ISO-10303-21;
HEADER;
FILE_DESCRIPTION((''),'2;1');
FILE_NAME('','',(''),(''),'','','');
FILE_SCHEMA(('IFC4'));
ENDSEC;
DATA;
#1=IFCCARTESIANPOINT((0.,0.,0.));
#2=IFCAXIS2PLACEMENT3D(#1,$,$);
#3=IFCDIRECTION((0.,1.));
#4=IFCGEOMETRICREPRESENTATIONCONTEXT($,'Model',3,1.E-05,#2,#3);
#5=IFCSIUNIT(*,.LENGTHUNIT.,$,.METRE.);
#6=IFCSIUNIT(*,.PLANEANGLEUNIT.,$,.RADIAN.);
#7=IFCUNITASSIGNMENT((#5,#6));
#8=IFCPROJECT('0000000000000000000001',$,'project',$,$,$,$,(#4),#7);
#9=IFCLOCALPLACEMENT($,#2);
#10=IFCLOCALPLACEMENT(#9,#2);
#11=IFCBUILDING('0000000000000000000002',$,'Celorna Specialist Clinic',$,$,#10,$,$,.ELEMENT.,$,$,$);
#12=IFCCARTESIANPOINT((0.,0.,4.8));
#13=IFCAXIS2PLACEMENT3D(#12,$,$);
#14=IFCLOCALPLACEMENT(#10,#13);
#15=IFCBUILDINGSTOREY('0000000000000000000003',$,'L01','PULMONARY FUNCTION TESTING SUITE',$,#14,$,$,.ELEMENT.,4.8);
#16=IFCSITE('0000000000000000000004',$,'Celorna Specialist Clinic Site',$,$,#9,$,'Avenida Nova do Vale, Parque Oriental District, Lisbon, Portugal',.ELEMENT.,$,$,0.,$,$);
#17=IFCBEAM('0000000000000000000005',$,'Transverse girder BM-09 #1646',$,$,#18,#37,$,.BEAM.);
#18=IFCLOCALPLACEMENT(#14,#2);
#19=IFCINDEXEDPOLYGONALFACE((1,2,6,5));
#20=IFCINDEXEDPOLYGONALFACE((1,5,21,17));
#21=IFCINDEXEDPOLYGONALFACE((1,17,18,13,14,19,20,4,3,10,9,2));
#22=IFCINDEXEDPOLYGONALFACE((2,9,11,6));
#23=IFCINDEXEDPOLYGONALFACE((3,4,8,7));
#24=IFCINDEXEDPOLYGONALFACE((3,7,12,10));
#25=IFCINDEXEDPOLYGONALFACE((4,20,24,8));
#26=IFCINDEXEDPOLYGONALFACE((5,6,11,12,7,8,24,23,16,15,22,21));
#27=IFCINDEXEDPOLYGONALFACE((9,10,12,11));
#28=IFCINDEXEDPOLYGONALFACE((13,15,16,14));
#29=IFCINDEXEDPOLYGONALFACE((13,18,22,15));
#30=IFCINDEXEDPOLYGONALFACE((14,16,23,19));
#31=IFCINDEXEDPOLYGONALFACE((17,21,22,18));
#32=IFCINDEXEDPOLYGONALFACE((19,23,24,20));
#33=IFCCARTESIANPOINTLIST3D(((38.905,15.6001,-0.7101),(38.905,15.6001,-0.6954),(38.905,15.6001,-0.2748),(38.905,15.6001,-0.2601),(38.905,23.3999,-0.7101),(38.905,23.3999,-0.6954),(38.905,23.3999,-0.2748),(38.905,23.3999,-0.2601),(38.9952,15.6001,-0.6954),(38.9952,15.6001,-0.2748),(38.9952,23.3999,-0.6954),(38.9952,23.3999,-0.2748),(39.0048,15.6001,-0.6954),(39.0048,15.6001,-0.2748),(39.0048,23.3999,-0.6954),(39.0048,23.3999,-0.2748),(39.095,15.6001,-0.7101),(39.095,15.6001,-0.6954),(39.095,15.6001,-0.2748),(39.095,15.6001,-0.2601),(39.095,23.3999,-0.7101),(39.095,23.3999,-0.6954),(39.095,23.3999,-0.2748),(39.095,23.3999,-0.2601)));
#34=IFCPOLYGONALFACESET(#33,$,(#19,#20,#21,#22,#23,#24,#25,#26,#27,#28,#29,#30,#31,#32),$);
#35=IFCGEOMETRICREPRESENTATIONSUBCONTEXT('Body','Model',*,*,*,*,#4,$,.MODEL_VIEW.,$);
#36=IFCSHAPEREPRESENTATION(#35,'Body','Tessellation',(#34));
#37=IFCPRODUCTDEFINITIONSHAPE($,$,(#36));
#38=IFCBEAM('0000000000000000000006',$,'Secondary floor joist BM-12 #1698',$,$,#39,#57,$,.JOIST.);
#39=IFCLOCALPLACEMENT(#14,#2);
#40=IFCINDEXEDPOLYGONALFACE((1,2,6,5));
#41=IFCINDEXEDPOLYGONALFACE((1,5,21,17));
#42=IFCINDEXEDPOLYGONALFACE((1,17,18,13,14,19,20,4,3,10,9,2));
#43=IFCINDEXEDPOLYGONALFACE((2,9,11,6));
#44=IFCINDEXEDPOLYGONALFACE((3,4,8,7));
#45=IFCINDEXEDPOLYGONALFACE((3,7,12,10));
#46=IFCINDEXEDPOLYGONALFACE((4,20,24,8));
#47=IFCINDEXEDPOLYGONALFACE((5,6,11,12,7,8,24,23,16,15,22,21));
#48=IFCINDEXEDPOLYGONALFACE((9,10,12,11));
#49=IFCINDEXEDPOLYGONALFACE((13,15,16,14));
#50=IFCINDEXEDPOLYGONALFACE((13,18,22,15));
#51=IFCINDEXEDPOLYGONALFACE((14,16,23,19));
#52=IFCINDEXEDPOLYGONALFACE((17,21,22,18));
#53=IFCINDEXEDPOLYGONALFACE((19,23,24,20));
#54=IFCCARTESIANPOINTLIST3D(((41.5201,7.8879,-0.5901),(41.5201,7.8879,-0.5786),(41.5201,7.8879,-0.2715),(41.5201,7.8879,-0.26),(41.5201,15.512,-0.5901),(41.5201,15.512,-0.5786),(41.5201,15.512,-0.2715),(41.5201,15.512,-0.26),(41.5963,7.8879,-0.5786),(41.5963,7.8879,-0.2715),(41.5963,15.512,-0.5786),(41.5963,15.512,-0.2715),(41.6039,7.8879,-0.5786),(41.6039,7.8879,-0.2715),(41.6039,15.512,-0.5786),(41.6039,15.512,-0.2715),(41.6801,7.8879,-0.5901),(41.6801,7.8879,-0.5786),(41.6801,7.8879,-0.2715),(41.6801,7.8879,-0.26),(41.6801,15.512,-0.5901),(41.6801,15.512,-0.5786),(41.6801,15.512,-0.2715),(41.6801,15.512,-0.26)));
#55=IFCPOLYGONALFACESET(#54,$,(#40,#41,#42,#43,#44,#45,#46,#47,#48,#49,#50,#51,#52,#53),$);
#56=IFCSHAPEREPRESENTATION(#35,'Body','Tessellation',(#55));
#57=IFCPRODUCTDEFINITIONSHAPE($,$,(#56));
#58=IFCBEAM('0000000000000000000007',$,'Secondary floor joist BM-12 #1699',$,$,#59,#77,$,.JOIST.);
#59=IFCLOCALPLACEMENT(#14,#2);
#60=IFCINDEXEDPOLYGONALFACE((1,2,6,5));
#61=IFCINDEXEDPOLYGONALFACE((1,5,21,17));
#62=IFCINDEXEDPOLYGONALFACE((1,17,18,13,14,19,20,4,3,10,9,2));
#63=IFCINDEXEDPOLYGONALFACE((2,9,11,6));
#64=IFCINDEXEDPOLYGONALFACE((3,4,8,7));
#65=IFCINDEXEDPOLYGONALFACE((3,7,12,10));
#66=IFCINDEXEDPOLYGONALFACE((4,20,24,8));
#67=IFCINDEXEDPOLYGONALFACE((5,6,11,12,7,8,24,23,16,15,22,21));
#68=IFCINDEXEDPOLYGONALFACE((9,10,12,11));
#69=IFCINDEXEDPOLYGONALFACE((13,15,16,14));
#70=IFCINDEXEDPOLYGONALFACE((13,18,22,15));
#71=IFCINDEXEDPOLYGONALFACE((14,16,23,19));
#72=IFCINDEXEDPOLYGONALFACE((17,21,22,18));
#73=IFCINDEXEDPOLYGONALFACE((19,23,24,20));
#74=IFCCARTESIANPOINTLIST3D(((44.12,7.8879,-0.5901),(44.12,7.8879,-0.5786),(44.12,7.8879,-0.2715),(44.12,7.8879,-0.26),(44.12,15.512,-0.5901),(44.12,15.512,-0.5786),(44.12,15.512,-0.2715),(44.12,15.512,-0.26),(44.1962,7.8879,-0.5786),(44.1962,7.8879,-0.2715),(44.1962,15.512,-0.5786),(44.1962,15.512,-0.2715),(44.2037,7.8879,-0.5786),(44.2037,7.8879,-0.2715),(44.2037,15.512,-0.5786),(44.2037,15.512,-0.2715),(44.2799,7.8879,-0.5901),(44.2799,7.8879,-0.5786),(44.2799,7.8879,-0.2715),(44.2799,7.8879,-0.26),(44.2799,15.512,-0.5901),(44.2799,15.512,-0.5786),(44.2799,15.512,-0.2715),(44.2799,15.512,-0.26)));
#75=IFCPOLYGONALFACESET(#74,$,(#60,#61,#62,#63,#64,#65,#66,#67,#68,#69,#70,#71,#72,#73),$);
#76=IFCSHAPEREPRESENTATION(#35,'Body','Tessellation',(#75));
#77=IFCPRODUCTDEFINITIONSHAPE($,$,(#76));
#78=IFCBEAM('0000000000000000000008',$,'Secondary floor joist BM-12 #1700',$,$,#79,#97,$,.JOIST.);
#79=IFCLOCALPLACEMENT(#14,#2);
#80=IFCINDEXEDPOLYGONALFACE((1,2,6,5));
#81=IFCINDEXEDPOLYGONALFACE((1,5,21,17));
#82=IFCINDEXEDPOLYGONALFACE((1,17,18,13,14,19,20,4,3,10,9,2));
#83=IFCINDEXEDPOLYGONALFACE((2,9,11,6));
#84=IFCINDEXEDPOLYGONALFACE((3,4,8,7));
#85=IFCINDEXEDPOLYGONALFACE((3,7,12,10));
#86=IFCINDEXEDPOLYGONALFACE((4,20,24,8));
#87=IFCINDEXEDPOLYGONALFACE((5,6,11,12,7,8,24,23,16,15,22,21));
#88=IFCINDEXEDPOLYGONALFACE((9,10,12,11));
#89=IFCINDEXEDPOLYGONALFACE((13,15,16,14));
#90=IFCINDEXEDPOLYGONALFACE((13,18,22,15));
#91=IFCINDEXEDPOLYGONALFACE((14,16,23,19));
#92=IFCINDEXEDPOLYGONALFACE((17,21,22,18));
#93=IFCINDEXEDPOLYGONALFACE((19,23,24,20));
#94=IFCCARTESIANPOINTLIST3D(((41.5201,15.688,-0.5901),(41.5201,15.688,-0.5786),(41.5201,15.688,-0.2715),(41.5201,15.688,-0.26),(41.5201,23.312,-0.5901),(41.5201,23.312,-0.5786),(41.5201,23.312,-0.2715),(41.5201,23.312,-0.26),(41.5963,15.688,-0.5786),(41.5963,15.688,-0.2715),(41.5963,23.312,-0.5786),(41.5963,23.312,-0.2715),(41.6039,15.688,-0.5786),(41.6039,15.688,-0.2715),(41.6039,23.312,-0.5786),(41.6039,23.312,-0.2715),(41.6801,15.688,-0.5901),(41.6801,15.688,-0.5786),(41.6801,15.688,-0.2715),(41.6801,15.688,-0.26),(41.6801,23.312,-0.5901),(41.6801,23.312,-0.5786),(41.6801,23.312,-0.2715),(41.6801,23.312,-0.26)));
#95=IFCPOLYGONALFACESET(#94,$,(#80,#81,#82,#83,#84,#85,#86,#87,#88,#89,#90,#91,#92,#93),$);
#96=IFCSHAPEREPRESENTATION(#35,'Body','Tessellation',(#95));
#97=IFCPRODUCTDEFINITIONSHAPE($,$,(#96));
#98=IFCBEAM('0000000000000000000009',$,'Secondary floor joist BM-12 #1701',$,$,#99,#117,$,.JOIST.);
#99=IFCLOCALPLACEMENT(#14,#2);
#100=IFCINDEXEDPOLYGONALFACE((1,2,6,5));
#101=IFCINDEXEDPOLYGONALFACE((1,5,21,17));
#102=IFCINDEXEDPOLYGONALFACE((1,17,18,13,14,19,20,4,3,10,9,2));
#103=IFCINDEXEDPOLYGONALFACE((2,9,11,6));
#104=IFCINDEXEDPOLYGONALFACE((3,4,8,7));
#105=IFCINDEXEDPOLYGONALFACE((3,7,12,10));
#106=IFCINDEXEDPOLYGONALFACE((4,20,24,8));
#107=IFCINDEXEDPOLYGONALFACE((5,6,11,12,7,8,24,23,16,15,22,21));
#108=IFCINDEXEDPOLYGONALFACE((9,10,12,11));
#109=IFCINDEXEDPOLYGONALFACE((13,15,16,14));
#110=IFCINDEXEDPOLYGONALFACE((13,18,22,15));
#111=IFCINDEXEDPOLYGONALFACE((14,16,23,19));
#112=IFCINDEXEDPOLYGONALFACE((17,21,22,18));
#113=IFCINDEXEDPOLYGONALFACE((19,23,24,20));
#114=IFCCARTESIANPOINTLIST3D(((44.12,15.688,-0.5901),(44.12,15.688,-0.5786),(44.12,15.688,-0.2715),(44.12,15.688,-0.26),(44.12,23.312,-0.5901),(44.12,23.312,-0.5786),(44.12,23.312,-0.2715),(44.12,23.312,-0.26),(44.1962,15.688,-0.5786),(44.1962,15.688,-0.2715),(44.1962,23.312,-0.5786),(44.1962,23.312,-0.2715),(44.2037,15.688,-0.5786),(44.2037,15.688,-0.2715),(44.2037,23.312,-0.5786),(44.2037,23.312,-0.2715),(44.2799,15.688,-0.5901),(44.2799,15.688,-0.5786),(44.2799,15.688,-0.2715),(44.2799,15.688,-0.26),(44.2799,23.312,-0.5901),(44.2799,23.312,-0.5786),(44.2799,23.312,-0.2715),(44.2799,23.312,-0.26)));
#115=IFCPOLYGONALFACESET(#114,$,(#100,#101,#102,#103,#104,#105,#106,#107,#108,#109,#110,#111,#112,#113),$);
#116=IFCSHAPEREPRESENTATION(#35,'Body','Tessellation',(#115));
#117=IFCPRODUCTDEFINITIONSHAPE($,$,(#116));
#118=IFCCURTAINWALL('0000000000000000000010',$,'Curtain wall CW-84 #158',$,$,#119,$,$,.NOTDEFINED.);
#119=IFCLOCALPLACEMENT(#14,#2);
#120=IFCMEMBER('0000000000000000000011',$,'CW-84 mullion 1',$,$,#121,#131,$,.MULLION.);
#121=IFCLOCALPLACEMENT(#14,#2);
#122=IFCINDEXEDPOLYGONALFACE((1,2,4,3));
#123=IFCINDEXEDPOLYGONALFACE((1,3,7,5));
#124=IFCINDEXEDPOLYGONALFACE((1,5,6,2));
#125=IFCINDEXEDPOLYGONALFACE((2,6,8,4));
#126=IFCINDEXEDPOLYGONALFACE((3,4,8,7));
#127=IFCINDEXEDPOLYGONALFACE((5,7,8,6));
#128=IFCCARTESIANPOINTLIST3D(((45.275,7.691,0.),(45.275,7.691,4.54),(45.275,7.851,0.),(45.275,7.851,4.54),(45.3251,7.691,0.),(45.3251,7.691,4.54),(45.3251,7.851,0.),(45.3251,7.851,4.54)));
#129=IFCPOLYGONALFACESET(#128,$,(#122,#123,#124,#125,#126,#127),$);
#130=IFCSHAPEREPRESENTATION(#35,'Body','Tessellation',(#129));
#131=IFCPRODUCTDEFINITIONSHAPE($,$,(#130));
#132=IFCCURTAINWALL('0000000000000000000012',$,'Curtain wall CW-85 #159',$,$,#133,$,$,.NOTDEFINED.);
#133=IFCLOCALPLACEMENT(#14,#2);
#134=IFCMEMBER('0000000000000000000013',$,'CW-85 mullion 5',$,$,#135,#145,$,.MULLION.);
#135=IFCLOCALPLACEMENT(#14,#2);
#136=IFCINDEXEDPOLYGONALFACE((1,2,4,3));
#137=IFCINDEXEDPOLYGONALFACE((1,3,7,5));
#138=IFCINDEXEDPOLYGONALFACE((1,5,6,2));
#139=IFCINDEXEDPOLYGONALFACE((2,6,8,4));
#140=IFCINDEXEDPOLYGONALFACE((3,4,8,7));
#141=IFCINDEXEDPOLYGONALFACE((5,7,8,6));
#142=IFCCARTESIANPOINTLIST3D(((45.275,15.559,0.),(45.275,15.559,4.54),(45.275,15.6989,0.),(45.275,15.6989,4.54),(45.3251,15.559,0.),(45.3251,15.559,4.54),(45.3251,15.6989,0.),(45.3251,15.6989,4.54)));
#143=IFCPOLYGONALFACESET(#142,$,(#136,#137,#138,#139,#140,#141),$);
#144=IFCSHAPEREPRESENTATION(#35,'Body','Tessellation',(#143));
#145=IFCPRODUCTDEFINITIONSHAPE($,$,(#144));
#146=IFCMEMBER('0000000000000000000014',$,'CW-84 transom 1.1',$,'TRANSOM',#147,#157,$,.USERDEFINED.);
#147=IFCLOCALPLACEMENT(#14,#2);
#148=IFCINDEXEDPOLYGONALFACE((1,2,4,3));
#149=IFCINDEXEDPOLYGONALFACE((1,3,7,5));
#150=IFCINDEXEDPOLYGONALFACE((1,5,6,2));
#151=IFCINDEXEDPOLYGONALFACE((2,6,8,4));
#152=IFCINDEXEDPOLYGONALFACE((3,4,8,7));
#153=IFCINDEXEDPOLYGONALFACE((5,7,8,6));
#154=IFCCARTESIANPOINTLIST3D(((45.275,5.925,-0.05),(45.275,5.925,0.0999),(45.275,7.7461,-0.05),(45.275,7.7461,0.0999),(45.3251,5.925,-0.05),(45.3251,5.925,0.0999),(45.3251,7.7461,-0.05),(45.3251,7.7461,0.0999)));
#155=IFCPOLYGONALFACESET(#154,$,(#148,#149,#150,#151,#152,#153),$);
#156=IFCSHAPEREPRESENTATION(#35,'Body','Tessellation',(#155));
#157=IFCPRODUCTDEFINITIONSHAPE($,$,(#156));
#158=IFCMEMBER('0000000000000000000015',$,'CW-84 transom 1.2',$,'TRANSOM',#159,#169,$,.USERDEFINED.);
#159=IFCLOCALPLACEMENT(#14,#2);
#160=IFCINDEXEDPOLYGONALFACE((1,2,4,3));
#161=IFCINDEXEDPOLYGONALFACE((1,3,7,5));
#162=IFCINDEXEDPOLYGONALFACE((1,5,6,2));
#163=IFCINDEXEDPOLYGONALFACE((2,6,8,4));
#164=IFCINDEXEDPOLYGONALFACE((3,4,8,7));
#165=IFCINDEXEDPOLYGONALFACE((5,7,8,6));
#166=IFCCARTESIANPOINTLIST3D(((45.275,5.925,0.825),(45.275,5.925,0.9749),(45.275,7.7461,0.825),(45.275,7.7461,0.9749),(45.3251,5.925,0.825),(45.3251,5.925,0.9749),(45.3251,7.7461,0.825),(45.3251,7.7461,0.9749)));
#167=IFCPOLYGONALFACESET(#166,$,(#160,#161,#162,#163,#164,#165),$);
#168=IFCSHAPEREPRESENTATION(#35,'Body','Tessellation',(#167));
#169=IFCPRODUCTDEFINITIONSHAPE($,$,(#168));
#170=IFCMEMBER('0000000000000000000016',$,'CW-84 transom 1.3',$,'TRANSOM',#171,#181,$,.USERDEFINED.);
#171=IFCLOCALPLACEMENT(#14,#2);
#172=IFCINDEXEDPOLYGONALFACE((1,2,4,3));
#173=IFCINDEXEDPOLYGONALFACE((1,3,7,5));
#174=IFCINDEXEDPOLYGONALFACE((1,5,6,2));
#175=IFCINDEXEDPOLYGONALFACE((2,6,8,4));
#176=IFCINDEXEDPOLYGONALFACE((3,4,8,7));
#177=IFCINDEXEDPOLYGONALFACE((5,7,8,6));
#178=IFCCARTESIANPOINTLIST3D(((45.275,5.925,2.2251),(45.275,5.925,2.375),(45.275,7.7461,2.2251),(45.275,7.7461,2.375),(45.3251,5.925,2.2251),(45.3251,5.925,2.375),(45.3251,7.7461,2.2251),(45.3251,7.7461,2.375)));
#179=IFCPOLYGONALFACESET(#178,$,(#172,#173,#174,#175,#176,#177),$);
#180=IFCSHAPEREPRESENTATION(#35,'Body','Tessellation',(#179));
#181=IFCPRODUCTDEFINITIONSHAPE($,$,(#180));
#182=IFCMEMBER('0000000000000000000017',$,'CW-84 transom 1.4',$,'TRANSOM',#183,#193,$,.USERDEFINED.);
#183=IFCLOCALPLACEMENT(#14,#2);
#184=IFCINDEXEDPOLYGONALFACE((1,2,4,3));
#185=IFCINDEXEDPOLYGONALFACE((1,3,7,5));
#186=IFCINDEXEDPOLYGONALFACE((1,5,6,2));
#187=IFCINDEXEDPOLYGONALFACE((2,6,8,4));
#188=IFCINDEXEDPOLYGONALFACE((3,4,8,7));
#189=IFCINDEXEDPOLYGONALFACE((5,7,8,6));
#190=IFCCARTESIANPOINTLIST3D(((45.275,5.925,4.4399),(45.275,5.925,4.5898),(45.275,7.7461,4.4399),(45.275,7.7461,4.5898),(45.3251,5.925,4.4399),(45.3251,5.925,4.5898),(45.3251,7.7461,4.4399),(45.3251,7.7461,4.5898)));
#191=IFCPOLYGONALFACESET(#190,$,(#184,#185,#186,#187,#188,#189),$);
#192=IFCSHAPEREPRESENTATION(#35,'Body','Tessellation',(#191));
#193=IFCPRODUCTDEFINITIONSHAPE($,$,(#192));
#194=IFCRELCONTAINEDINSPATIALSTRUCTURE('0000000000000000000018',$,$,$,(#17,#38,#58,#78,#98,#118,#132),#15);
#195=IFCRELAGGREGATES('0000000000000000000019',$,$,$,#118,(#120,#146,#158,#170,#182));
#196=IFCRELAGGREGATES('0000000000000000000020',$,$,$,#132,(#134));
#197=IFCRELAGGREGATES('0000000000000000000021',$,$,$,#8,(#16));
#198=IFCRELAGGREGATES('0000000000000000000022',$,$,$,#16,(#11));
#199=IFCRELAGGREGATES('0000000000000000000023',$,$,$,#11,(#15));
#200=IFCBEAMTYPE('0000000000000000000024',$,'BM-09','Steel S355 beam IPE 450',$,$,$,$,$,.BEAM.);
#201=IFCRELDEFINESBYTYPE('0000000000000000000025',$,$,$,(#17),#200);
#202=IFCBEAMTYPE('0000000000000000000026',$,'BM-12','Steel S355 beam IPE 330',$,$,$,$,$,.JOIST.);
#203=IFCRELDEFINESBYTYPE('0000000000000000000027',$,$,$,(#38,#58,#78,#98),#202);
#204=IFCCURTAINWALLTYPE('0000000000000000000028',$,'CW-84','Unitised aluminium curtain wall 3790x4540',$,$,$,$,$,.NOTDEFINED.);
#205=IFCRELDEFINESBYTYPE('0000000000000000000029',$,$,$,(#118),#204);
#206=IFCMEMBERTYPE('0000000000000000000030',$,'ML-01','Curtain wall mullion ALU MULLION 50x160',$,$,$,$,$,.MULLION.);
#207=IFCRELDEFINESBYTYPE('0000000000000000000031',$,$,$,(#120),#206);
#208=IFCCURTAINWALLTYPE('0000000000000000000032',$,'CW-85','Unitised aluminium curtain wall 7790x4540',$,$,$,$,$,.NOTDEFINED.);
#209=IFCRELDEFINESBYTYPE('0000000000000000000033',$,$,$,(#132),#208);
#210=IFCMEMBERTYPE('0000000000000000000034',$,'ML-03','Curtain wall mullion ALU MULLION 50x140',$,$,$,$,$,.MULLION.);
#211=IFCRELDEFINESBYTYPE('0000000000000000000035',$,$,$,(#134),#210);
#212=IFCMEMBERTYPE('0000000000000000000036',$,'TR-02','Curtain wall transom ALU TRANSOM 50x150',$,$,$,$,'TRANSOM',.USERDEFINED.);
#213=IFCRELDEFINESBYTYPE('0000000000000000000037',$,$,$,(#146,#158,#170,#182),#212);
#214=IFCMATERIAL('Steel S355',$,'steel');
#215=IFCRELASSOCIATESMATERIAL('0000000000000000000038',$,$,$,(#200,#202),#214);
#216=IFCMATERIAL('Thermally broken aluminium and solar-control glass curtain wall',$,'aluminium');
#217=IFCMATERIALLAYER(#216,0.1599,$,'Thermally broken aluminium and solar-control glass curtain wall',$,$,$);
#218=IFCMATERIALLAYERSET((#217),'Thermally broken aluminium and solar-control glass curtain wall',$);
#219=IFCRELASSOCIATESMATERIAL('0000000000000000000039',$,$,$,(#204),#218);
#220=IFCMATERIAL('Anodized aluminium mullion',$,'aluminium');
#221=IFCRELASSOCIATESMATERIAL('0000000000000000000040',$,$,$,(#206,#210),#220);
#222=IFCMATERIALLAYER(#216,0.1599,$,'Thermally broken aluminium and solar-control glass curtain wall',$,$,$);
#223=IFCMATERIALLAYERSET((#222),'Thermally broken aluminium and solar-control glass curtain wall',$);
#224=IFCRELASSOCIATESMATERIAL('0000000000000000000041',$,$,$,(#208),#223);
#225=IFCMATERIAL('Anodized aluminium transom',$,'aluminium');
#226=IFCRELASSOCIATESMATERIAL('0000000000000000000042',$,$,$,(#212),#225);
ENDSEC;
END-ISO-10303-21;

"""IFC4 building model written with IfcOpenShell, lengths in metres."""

from ifc_helpers import new_model, si_unit, direction, frame, origin, origin_2d, place, context, subcontext, project, spatial, rectangle, i_section, extrude, material, layer, layer_set, material_profile, profile_set, type_object, element, aggregate, save


model = new_model("IFC4")

# Units and contexts
model_context = context("Model", 3, precision=1e-05, world=origin(), true_north=direction((0.0, 1.0)))
body_context = subcontext(model_context, "Body", "Model", "MODEL_VIEW")
ifc_project = project(units=[si_unit("LENGTHUNIT", "METRE"), si_unit("PLANEANGLEUNIT", "RADIAN")], contexts=[model_context])

# Site, building, storey
site_placement = place(None, origin())
site = spatial("IfcSite", under=ifc_project, at=site_placement, Name="Celorna Specialist Clinic Site", LongName="Avenida Nova do Vale, Parque Oriental District, Lisbon, Portugal", CompositionType="ELEMENT", RefElevation=0.0)
building_placement = place(site_placement, origin())
building = spatial("IfcBuilding", under=site, at=building_placement, Name="Celorna Specialist Clinic", CompositionType="ELEMENT")
storey_placement = place(building_placement, frame((0.0, 0.0, 4.8)))
storey = spatial("IfcBuildingStorey", under=building, at=storey_placement, Name="L01", Description="PULMONARY FUNCTION TESTING SUITE", CompositionType="ELEMENT", Elevation=4.8)

# Beams
ifc_material_1 = material(Name="Steel S355", Category="steel")
ifc_material_profile_1 = material_profile(ifc_material_1, i_section(OverallWidth=0.1899, OverallDepth=0.45, WebThickness=0.0095, FlangeThickness=0.0146, at=origin_2d()), Name="IPE 450")
ifc_profile_set_1 = profile_set([ifc_material_profile_1], Name="Steel S355")
beam_type_1 = type_object("IfcBeamType", Name="BM-09", Description="Steel S355 beam IPE 450", PredefinedType="BEAM", material=ifc_profile_set_1)
beam_placement = place(storey_placement, frame((39.0, 15.6001, -0.4851), z_axis=(0.0, 1.0, 0.0), x_axis=(-1.0, 0.0, 0.0)))
element("IfcBeam", 1, at=beam_placement, inside=storey, type_object=beam_type_1, Name="Transverse girder BM-09 #1646", PredefinedType="BEAM", context=body_context, shape_type="SweptSolid", body=[
    extrude(i_section(OverallWidth=0.1899, OverallDepth=0.45, WebThickness=0.0095, FlangeThickness=0.0146, at=origin_2d()), origin(), (0.0, 0.0, 1.0), 7.7998),
])
ifc_material_profile_2 = material_profile(ifc_material_1, i_section(OverallWidth=0.1599, OverallDepth=0.3301, WebThickness=0.0076, FlangeThickness=0.0115, at=origin_2d()), Name="IPE 330")
ifc_profile_set_2 = profile_set([ifc_material_profile_2], Name="Steel S355")
beam_type_2 = type_object("IfcBeamType", Name="BM-12", Description="Steel S355 beam IPE 330", PredefinedType="JOIST", material=ifc_profile_set_2)
for number, where, z_axis, x_axis, name in (
    (2, (41.6001, 7.8879, -0.425), (0.0, 1.0, 0.0), (-1.0, 0.0, 0.0), "Secondary floor joist BM-12 #1698"),
    (3, (44.2, 7.8879, -0.425), (0.0, 1.0, 0.0), (-1.0, 0.0, 0.0), "Secondary floor joist BM-12 #1699"),
    (4, (41.6001, 15.688, -0.425), (0.0, 1.0, 0.0), (-1.0, 0.0, 0.0), "Secondary floor joist BM-12 #1700"),
    (5, (44.2, 15.688, -0.425), (0.0, 1.0, 0.0), (-1.0, 0.0, 0.0), "Secondary floor joist BM-12 #1701"),
):
    element("IfcBeam", number, at=place(storey_placement, frame(where, z_axis=z_axis, x_axis=x_axis)), inside=storey, type_object=beam_type_2, Name=name, PredefinedType="JOIST", context=body_context, shape_type="SweptSolid", body=[
        extrude(i_section(OverallWidth=0.1599, OverallDepth=0.3301, WebThickness=0.0076, FlangeThickness=0.0115, at=origin_2d()), origin(), (0.0, 0.0, 1.0), 7.624),
    ])

# Curtain walls, members
ifc_material_2 = material(Name="Thermally broken aluminium and solar-control glass curtain wall", Category="aluminium")
ifc_layer_1 = layer(ifc_material_2, 0.1599, Name="Thermally broken aluminium and solar-control glass curtain wall")
ifc_layer_set_1 = layer_set([ifc_layer_1], Name="Thermally broken aluminium and solar-control glass curtain wall")
curtain_wall_type_1 = type_object("IfcCurtainWallType", Name="CW-84", Description="Unitised aluminium curtain wall 3790x4540", PredefinedType="NOTDEFINED", material=ifc_layer_set_1)
curtain_wall_1_placement = place(storey_placement, origin())
curtain_wall_1 = element("IfcCurtainWall", 6, at=curtain_wall_1_placement, inside=storey, type_object=curtain_wall_type_1, Name="Curtain wall CW-84 #158", PredefinedType="NOTDEFINED")
ifc_material_3 = material(Name="Anodized aluminium mullion", Category="aluminium")
ifc_material_profile_3 = material_profile(ifc_material_3, rectangle(XDim=0.05, YDim=0.1599, at=origin_2d()), Name="ALU MULLION 50x160")
ifc_profile_set_3 = profile_set([ifc_material_profile_3], Name="Anodized aluminium mullion")
member_type_1 = type_object("IfcMemberType", Name="ML-01", Description="Curtain wall mullion ALU MULLION 50x160", PredefinedType="MULLION", material=ifc_profile_set_3)
member_1_placement = place(storey_placement, frame((45.3, 7.771, 0.0), z_axis=(0.0, 0.0, 1.0), x_axis=(1.0, 0.0, 0.0)))
member_1 = element("IfcMember", 7, at=member_1_placement, type_object=member_type_1, Name="CW-84 mullion 1", PredefinedType="MULLION", context=body_context, shape_type="SweptSolid", body=[
    extrude(rectangle(XDim=0.05, YDim=0.1599, at=origin_2d()), origin(), (0.0, 0.0, 1.0), 4.54),
])
ifc_layer_2 = layer(ifc_material_2, 0.1599, Name="Thermally broken aluminium and solar-control glass curtain wall")
ifc_layer_set_2 = layer_set([ifc_layer_2], Name="Thermally broken aluminium and solar-control glass curtain wall")
curtain_wall_type_2 = type_object("IfcCurtainWallType", Name="CW-85", Description="Unitised aluminium curtain wall 7790x4540", PredefinedType="NOTDEFINED", material=ifc_layer_set_2)
curtain_wall_2_placement = place(storey_placement, origin())
curtain_wall_2 = element("IfcCurtainWall", 8, at=curtain_wall_2_placement, inside=storey, type_object=curtain_wall_type_2, Name="Curtain wall CW-85 #159", PredefinedType="NOTDEFINED")
ifc_material_profile_4 = material_profile(ifc_material_3, rectangle(XDim=0.05, YDim=0.1399, at=origin_2d()), Name="ALU MULLION 50x140")
ifc_profile_set_4 = profile_set([ifc_material_profile_4], Name="Anodized aluminium mullion")
member_type_2 = type_object("IfcMemberType", Name="ML-03", Description="Curtain wall mullion ALU MULLION 50x140", PredefinedType="MULLION", material=ifc_profile_set_4)
member_2_placement = place(storey_placement, frame((45.3, 15.6289, 0.0), z_axis=(0.0, 0.0, 1.0), x_axis=(1.0, 0.0, 0.0)))
member_2 = element("IfcMember", 9, at=member_2_placement, type_object=member_type_2, Name="CW-85 mullion 5", PredefinedType="MULLION", context=body_context, shape_type="SweptSolid", body=[
    extrude(rectangle(XDim=0.05, YDim=0.1399, at=origin_2d()), origin(), (0.0, 0.0, 1.0), 4.54),
])

# Members
ifc_material_4 = material(Name="Anodized aluminium transom", Category="aluminium")
ifc_material_profile_5 = material_profile(ifc_material_4, rectangle(XDim=0.05, YDim=0.1499, at=origin_2d()), Name="ALU TRANSOM 50x150")
ifc_profile_set_5 = profile_set([ifc_material_profile_5], Name="Anodized aluminium transom")
member_type_3 = type_object("IfcMemberType", Name="TR-02", Description="Curtain wall transom ALU TRANSOM 50x150", ElementType="TRANSOM", PredefinedType="USERDEFINED", material=ifc_profile_set_5)
member_3_placement = place(storey_placement, frame((45.3, 7.7461, 0.0249), z_axis=(0.0, -1.0, 0.0), x_axis=(1.0, 0.0, 0.0)))
member_3 = element("IfcMember", 10, at=member_3_placement, type_object=member_type_3, Name="CW-84 transom 1.1", ObjectType="TRANSOM", PredefinedType="USERDEFINED", context=body_context, shape_type="SweptSolid", body=[
    extrude(rectangle(XDim=0.05, YDim=0.1499, at=origin_2d()), origin(), (0.0, 0.0, 1.0), 1.821),
])
member_4_placement = place(storey_placement, frame((45.3, 7.7461, 0.8999), z_axis=(0.0, -1.0, 0.0), x_axis=(1.0, 0.0, 0.0)))
member_4 = element("IfcMember", 11, at=member_4_placement, type_object=member_type_3, Name="CW-84 transom 1.2", ObjectType="TRANSOM", PredefinedType="USERDEFINED", context=body_context, shape_type="SweptSolid", body=[
    extrude(rectangle(XDim=0.05, YDim=0.1499, at=origin_2d()), origin(), (0.0, 0.0, 1.0), 1.821),
])
member_5_placement = place(storey_placement, frame((45.3, 7.7461, 2.3), z_axis=(0.0, -1.0, 0.0), x_axis=(1.0, 0.0, 0.0)))
member_5 = element("IfcMember", 12, at=member_5_placement, type_object=member_type_3, Name="CW-84 transom 1.3", ObjectType="TRANSOM", PredefinedType="USERDEFINED", context=body_context, shape_type="SweptSolid", body=[
    extrude(rectangle(XDim=0.05, YDim=0.1499, at=origin_2d()), origin(), (0.0, 0.0, 1.0), 1.821),
])
member_6_placement = place(storey_placement, frame((45.3, 7.7461, 4.5149), z_axis=(0.0, -1.0, 0.0), x_axis=(1.0, 0.0, 0.0)))
member_6 = element("IfcMember", 13, at=member_6_placement, type_object=member_type_3, Name="CW-84 transom 1.4", ObjectType="TRANSOM", PredefinedType="USERDEFINED", context=body_context, shape_type="SweptSolid", body=[
    extrude(rectangle(XDim=0.05, YDim=0.1499, at=origin_2d()), origin(), (0.0, 0.0, 1.0), 1.821),
])
aggregate(curtain_wall_1, [member_1, member_3, member_4, member_5, member_6])

aggregate(curtain_wall_2, [member_2])

save(model, "model.ifc")
